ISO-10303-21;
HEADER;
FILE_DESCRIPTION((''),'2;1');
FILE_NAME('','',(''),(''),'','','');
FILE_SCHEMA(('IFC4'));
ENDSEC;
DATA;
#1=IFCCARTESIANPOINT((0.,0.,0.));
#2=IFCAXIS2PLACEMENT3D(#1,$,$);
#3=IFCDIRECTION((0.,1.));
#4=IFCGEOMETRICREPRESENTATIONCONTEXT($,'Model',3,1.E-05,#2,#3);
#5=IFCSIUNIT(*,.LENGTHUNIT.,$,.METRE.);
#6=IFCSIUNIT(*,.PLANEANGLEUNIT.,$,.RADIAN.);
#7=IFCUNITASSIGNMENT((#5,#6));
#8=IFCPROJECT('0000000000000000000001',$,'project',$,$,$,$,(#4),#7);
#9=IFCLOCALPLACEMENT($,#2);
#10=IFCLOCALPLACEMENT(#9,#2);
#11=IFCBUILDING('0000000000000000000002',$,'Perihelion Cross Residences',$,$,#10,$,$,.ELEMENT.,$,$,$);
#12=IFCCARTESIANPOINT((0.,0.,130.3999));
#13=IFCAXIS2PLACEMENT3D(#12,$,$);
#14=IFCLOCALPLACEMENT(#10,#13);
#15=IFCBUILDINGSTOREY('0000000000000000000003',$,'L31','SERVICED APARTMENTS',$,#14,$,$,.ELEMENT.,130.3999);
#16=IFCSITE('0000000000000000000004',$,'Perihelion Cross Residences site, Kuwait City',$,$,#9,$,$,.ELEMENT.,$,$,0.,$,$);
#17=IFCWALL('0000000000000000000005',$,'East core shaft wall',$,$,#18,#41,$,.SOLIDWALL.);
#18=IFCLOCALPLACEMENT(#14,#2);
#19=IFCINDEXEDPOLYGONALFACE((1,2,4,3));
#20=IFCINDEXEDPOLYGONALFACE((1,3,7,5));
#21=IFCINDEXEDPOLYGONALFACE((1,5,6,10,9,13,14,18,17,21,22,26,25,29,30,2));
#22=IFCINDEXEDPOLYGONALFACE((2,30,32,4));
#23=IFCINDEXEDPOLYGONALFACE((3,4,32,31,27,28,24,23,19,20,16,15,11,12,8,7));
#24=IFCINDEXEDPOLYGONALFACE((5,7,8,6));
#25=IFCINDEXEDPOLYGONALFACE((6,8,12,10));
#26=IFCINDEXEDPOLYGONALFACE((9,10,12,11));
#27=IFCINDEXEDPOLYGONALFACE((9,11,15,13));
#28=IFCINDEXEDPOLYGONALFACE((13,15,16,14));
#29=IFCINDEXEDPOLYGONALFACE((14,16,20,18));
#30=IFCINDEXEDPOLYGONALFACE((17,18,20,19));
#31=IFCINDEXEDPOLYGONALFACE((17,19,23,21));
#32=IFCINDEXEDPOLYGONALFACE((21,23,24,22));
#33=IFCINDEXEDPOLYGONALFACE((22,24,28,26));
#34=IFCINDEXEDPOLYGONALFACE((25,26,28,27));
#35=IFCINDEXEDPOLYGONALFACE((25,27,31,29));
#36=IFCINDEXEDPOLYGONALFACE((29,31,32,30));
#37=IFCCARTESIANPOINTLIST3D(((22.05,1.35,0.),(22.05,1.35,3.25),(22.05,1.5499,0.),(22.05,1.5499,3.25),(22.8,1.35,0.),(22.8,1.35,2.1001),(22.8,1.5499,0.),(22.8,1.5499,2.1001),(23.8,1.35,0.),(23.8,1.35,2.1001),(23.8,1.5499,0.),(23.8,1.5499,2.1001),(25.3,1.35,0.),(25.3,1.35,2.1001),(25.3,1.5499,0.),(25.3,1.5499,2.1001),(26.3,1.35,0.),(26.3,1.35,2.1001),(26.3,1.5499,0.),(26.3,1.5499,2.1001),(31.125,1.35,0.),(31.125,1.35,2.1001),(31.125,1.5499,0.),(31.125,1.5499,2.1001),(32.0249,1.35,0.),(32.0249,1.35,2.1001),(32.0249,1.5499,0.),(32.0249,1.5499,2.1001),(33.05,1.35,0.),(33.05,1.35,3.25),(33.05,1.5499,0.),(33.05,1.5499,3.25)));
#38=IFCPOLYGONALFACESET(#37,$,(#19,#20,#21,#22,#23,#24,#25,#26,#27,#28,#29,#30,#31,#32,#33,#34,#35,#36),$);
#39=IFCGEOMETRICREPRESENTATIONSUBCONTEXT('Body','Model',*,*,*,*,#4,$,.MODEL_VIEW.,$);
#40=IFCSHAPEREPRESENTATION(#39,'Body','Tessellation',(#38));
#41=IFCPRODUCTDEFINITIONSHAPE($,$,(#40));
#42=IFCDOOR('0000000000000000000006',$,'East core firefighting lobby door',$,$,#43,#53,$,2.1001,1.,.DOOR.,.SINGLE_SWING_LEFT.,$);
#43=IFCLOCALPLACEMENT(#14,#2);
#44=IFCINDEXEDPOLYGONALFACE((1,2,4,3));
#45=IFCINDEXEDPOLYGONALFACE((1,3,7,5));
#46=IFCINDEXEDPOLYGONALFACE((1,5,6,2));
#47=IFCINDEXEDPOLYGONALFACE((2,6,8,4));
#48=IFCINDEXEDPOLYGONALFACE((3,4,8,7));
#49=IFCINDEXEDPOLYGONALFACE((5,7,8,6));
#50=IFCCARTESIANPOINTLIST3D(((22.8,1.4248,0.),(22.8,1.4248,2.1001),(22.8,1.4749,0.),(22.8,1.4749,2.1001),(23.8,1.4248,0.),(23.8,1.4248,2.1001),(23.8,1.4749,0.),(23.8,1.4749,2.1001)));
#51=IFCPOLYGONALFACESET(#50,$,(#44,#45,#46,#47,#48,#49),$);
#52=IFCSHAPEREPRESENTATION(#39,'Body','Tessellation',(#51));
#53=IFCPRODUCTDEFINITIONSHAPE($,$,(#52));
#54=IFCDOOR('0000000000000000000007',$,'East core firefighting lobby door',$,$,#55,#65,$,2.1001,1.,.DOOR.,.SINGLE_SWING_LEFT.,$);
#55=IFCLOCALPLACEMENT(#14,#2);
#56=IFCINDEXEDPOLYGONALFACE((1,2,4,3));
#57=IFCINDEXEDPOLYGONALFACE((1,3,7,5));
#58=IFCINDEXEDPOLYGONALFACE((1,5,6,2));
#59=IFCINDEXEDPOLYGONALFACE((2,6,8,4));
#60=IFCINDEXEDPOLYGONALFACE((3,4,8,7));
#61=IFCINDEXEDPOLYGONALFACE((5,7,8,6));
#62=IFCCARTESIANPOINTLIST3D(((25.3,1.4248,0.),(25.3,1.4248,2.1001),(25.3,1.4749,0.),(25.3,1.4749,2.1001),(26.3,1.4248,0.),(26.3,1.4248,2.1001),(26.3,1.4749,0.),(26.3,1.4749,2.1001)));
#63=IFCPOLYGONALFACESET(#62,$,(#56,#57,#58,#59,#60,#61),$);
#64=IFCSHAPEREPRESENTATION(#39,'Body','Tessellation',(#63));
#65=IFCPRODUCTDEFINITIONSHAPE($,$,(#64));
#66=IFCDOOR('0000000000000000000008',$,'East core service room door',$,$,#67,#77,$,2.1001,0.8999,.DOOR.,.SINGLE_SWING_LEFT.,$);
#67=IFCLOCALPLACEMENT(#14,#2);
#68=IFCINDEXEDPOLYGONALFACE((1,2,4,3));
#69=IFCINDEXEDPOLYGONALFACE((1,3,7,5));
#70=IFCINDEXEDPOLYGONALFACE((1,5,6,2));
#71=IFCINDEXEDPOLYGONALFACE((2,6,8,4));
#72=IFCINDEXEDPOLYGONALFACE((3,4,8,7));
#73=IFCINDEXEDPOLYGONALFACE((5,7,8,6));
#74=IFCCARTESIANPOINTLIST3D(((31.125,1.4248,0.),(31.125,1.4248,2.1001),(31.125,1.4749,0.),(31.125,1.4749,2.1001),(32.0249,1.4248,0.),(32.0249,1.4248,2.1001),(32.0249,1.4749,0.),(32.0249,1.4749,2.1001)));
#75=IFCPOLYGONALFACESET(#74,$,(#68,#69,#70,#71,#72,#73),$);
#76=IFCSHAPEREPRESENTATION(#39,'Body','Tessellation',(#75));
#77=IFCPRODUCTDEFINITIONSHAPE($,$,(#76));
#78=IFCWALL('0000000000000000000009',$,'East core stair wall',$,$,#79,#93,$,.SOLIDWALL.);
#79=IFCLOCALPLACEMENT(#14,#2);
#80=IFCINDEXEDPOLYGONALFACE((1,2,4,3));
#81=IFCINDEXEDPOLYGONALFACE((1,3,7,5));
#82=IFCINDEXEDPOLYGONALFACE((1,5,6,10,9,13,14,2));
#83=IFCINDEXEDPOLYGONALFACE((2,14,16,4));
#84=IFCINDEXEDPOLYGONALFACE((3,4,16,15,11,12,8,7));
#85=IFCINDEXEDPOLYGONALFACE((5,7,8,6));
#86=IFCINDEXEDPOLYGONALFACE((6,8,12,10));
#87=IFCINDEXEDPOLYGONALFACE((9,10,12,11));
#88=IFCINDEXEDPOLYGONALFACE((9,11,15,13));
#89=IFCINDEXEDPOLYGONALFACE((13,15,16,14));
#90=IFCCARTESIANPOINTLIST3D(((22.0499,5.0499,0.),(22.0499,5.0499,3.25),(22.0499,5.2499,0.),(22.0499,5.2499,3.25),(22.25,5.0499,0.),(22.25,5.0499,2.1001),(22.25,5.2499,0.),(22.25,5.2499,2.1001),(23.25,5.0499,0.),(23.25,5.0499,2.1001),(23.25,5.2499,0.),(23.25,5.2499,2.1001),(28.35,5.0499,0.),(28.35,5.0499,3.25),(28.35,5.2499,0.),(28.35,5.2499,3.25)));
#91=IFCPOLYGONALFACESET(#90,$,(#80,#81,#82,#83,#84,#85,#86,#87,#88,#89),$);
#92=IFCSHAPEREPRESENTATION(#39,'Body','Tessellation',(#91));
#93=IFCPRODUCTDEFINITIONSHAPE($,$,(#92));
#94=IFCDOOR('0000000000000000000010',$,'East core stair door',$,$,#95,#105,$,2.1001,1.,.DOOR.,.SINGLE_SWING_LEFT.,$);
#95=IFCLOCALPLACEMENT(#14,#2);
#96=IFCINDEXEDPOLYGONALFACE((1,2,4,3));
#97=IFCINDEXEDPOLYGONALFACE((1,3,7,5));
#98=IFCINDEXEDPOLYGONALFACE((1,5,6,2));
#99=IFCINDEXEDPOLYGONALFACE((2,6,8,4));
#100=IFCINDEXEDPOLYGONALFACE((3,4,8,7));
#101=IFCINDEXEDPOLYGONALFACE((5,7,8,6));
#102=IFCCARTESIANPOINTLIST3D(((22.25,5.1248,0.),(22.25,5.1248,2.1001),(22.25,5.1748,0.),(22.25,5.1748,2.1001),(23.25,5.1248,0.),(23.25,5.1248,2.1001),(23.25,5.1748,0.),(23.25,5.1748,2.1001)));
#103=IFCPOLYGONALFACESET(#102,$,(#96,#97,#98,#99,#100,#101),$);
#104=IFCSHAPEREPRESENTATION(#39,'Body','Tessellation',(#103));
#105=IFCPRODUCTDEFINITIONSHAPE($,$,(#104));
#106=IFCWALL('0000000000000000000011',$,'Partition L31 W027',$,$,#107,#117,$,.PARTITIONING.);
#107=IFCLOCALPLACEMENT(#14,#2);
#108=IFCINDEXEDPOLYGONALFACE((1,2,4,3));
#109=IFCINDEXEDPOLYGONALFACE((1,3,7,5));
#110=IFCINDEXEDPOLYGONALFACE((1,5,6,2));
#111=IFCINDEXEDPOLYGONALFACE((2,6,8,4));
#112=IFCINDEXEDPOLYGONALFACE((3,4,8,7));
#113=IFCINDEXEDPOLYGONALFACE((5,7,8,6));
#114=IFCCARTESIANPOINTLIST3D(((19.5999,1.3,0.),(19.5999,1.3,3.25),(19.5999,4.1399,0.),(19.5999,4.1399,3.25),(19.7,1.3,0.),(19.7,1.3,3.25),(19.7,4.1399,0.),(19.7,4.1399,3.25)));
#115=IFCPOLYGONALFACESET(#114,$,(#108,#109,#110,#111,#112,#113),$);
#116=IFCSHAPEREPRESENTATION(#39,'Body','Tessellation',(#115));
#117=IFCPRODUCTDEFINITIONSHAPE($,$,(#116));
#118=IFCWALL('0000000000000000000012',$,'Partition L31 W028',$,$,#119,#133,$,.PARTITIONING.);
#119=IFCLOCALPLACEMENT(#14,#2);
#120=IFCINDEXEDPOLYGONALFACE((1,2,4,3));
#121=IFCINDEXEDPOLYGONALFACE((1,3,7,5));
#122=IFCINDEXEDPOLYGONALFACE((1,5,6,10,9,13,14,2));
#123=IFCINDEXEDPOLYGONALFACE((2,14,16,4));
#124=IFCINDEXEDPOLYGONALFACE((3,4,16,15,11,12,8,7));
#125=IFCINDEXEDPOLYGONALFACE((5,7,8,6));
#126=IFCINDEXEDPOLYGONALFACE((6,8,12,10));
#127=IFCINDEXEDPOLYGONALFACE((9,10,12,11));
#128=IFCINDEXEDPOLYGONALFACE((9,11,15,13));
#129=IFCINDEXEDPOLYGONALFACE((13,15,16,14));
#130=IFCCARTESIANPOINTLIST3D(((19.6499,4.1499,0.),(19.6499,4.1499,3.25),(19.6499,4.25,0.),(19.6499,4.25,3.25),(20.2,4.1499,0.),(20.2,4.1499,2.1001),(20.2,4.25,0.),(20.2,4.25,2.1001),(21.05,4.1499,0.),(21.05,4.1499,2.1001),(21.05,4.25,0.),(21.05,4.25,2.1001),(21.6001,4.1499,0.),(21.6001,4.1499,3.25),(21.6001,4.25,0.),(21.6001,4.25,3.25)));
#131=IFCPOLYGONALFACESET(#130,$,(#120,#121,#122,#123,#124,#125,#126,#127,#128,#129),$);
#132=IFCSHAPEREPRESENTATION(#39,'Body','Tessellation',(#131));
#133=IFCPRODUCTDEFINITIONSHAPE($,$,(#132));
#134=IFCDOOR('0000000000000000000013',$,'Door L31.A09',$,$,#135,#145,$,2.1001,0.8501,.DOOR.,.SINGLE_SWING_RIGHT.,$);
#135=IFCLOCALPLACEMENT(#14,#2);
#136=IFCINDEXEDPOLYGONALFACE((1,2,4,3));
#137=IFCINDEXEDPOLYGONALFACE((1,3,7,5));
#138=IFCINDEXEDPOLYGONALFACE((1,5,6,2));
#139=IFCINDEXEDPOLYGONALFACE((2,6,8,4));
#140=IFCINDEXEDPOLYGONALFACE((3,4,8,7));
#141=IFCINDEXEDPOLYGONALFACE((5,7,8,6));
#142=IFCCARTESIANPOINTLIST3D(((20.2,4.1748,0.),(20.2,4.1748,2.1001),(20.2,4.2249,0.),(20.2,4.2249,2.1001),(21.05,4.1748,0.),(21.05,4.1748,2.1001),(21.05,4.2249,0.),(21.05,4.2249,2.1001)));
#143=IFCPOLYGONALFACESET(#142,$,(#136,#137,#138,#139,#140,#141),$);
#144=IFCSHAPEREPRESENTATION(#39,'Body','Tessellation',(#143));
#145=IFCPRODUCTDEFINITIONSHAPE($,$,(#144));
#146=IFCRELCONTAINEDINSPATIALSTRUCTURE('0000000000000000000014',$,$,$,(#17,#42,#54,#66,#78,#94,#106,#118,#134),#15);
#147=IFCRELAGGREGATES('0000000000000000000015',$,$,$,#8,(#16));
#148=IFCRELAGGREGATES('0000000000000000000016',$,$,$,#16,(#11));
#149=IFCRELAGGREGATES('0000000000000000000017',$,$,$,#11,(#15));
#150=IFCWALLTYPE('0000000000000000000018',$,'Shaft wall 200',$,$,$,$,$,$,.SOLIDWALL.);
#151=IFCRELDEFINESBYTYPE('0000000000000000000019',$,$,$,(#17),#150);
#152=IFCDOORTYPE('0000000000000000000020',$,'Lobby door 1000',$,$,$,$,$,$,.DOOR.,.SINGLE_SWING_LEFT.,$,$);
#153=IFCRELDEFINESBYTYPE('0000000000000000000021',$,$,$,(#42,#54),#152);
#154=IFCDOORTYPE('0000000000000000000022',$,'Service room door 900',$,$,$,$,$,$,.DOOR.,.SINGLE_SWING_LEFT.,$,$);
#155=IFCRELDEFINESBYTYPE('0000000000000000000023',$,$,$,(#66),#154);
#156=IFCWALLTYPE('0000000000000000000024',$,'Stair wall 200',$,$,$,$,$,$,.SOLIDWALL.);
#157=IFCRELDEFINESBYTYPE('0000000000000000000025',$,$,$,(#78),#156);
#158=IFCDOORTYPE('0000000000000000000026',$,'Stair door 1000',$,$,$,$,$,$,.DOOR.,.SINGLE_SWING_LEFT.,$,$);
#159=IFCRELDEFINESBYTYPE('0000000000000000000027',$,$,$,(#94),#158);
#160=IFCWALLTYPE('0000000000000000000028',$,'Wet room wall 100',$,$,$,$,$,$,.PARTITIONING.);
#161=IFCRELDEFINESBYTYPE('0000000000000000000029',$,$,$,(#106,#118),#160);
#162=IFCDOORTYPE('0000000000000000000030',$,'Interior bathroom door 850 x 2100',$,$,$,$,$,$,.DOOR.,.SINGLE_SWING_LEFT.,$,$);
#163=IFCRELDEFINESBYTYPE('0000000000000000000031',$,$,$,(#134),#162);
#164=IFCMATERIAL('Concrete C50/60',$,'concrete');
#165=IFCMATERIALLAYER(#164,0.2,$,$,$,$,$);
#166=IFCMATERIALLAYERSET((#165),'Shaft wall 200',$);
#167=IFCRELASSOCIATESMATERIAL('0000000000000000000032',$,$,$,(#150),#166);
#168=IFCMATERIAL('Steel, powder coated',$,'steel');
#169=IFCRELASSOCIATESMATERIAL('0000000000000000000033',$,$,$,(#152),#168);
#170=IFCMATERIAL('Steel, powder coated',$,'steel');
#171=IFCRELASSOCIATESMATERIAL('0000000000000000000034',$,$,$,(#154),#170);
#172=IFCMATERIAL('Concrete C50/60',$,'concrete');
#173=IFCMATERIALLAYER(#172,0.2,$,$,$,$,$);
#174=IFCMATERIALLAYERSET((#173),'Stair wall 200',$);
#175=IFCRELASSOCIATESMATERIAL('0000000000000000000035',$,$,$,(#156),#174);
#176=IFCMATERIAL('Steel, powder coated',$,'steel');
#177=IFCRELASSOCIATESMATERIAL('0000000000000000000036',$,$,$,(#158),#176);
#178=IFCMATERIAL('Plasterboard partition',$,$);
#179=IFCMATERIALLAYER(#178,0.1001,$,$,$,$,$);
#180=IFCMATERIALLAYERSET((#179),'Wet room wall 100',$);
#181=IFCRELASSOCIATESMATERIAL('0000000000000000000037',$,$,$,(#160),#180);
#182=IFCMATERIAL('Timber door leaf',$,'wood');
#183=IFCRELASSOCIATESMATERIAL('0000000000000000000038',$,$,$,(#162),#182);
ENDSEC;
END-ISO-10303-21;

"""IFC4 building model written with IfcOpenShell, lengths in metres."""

from ifc_helpers import new_model, si_unit, direction, frame, frame_2d, origin, place, context, subcontext, project, spatial, rectangle, extrude, material, layer, layer_set, type_object, element, fill, save


model = new_model("IFC4")

# Units and contexts
model_context = context("Model", 3, precision=1e-05, world=origin(), true_north=direction((0.0, 1.0)))
body_context = subcontext(model_context, "Body", "Model", "MODEL_VIEW")
ifc_project = project(units=[si_unit("LENGTHUNIT", "METRE"), si_unit("PLANEANGLEUNIT", "RADIAN")], contexts=[model_context])

# Site, building, storey
site_placement = place(None, origin())
site = spatial("IfcSite", under=ifc_project, at=site_placement, Name="Perihelion Cross Residences site, Kuwait City", CompositionType="ELEMENT", RefElevation=0.0)
building_placement = place(site_placement, origin())
building = spatial("IfcBuilding", under=site, at=building_placement, Name="Perihelion Cross Residences", CompositionType="ELEMENT")
storey_placement = place(building_placement, frame((0.0, 0.0, 130.3999)))
storey = spatial("IfcBuildingStorey", under=building, at=storey_placement, Name="L31", Description="SERVICED APARTMENTS", CompositionType="ELEMENT", Elevation=130.3999)

# Wall, openings, doors
ifc_material_1 = material(Name="Concrete C50/60", Category="concrete")
ifc_layer_1 = layer(ifc_material_1, 0.2)
ifc_layer_set_1 = layer_set([ifc_layer_1], Name="Shaft wall 200")
wall_type_1 = type_object("IfcWallType", Name="Shaft wall 200", PredefinedType="SOLIDWALL", material=ifc_layer_set_1)
wall_1_placement = place(storey_placement, frame((22.05, 1.45, 0.0), z_axis=(0.0, 0.0, 1.0), x_axis=(1.0, 0.0, 0.0)))
wall_1 = element("IfcWall", 1, at=wall_1_placement, inside=storey, type_object=wall_type_1, Name="East core shaft wall", PredefinedType="SOLIDWALL", context=body_context, shape_type="SweptSolid", body=[
    extrude(rectangle(XDim=11.0, YDim=0.2, at=frame_2d((5.5, 0.0))), origin(), (0.0, 0.0, 1.0), 3.25),
])
opening_1_placement = place(wall_1_placement, frame((0.75, 0.0, 0.0)))
opening_1 = element("IfcOpeningElement", 2, at=opening_1_placement, cuts=wall_1, PredefinedType="OPENING", context=body_context, shape_type="SweptSolid", body=[
    extrude(rectangle(XDim=1.0, YDim=2.1001, at=frame_2d((0.5, 1.05))), frame((0.0, 0.1099, 0.0), z_axis=(0.0, -1.0, 0.0), x_axis=(1.0, 0.0, 0.0)), (0.0, 0.0, 1.0), 0.22),
])
opening_2_placement = place(wall_1_placement, frame((3.25, 0.0, 0.0)))
opening_2 = element("IfcOpeningElement", 3, at=opening_2_placement, cuts=wall_1, PredefinedType="OPENING", context=body_context, shape_type="SweptSolid", body=[
    extrude(rectangle(XDim=1.0, YDim=2.1001, at=frame_2d((0.5, 1.05))), frame((0.0, 0.1099, 0.0), z_axis=(0.0, -1.0, 0.0), x_axis=(1.0, 0.0, 0.0)), (0.0, 0.0, 1.0), 0.22),
])
opening_3_placement = place(wall_1_placement, frame((9.075, 0.0, 0.0)))
opening_3 = element("IfcOpeningElement", 4, at=opening_3_placement, cuts=wall_1, PredefinedType="OPENING", context=body_context, shape_type="SweptSolid", body=[
    extrude(rectangle(XDim=0.8999, YDim=2.1001, at=frame_2d((0.45, 1.05))), frame((0.0, 0.1099, 0.0), z_axis=(0.0, -1.0, 0.0), x_axis=(1.0, 0.0, 0.0)), (0.0, 0.0, 1.0), 0.22),
])
ifc_material_2 = material(Name="Steel, powder coated", Category="steel")
door_type_1 = type_object("IfcDoorType", Name="Lobby door 1000", OperationType="SINGLE_SWING_LEFT", PredefinedType="DOOR", material=ifc_material_2)
door_1_placement = place(opening_1_placement, origin())
door_1 = element("IfcDoor", 5, at=door_1_placement, inside=storey, type_object=door_type_1, Name="East core firefighting lobby door", OperationType="SINGLE_SWING_LEFT", OverallHeight=2.1001, OverallWidth=1.0, PredefinedType="DOOR", context=body_context, shape_type="SweptSolid", body=[
    extrude(rectangle(XDim=1.0, YDim=2.1001, at=frame_2d((0.5, 1.05))), frame((0.0, 0.0249, 0.0), z_axis=(0.0, -1.0, 0.0), x_axis=(1.0, 0.0, 0.0)), (0.0, 0.0, 1.0), 0.05),
])
fill(opening_1, door_1)
door_2_placement = place(opening_2_placement, origin())
door_2 = element("IfcDoor", 6, at=door_2_placement, inside=storey, type_object=door_type_1, Name="East core firefighting lobby door", OperationType="SINGLE_SWING_LEFT", OverallHeight=2.1001, OverallWidth=1.0, PredefinedType="DOOR", context=body_context, shape_type="SweptSolid", body=[
    extrude(rectangle(XDim=1.0, YDim=2.1001, at=frame_2d((0.5, 1.05))), frame((0.0, 0.0249, 0.0), z_axis=(0.0, -1.0, 0.0), x_axis=(1.0, 0.0, 0.0)), (0.0, 0.0, 1.0), 0.05),
])
fill(opening_2, door_2)
ifc_material_3 = material(Name="Steel, powder coated", Category="steel")
door_type_2 = type_object("IfcDoorType", Name="Service room door 900", OperationType="SINGLE_SWING_LEFT", PredefinedType="DOOR", material=ifc_material_3)
door_3_placement = place(opening_3_placement, origin())
door_3 = element("IfcDoor", 7, at=door_3_placement, inside=storey, type_object=door_type_2, Name="East core service room door", OperationType="SINGLE_SWING_LEFT", OverallHeight=2.1001, OverallWidth=0.8999, PredefinedType="DOOR", context=body_context, shape_type="SweptSolid", body=[
    extrude(rectangle(XDim=0.8999, YDim=2.1001, at=frame_2d((0.45, 1.05))), frame((0.0, 0.0249, 0.0), z_axis=(0.0, -1.0, 0.0), x_axis=(1.0, 0.0, 0.0)), (0.0, 0.0, 1.0), 0.05),
])
fill(opening_3, door_3)

# Wall, opening, door
ifc_material_4 = material(Name="Concrete C50/60", Category="concrete")
ifc_layer_2 = layer(ifc_material_4, 0.2)
ifc_layer_set_2 = layer_set([ifc_layer_2], Name="Stair wall 200")
wall_type_2 = type_object("IfcWallType", Name="Stair wall 200", PredefinedType="SOLIDWALL", material=ifc_layer_set_2)
wall_2_placement = place(storey_placement, frame((22.05, 5.1499, 0.0), z_axis=(0.0, 0.0, 1.0), x_axis=(1.0, 0.0, 0.0)))
wall_2 = element("IfcWall", 8, at=wall_2_placement, inside=storey, type_object=wall_type_2, Name="East core stair wall", PredefinedType="SOLIDWALL", context=body_context, shape_type="SweptSolid", body=[
    extrude(rectangle(XDim=6.3, YDim=0.2, at=frame_2d((3.1499, 0.0))), origin(), (0.0, 0.0, 1.0), 3.25),
])
opening_4_placement = place(wall_2_placement, frame((0.2, 0.0, 0.0)))
opening_4 = element("IfcOpeningElement", 9, at=opening_4_placement, cuts=wall_2, PredefinedType="OPENING", context=body_context, shape_type="SweptSolid", body=[
    extrude(rectangle(XDim=1.0, YDim=2.1001, at=frame_2d((0.5, 1.05))), frame((0.0, 0.1099, 0.0), z_axis=(0.0, -1.0, 0.0), x_axis=(1.0, 0.0, 0.0)), (0.0, 0.0, 1.0), 0.22),
])
ifc_material_5 = material(Name="Steel, powder coated", Category="steel")
door_type_3 = type_object("IfcDoorType", Name="Stair door 1000", OperationType="SINGLE_SWING_LEFT", PredefinedType="DOOR", material=ifc_material_5)
door_4_placement = place(opening_4_placement, origin())
door_4 = element("IfcDoor", 10, at=door_4_placement, inside=storey, type_object=door_type_3, Name="East core stair door", OperationType="SINGLE_SWING_LEFT", OverallHeight=2.1001, OverallWidth=1.0, PredefinedType="DOOR", context=body_context, shape_type="SweptSolid", body=[
    extrude(rectangle(XDim=1.0, YDim=2.1001, at=frame_2d((0.5, 1.05))), frame((0.0, 0.0249, 0.0), z_axis=(0.0, -1.0, 0.0), x_axis=(1.0, 0.0, 0.0)), (0.0, 0.0, 1.0), 0.05),
])
fill(opening_4, door_4)

# Wall
ifc_material_6 = material(Name="Plasterboard partition")
ifc_layer_3 = layer(ifc_material_6, 0.1001)
ifc_layer_set_3 = layer_set([ifc_layer_3], Name="Wet room wall 100")
wall_type_3 = type_object("IfcWallType", Name="Wet room wall 100", PredefinedType="PARTITIONING", material=ifc_layer_set_3)
wall_3_placement = place(storey_placement, frame((19.6499, 4.1399, 0.0), z_axis=(0.0, 0.0, 1.0), x_axis=(0.0, -1.0, 0.0)))
element("IfcWall", 11, at=wall_3_placement, inside=storey, type_object=wall_type_3, Name="Partition L31 W027", PredefinedType="PARTITIONING", context=body_context, shape_type="SweptSolid", body=[
    extrude(rectangle(XDim=2.8398, YDim=0.1001, at=frame_2d((1.4199, 0.0))), origin(), (0.0, 0.0, 1.0), 3.25),
])

# Wall, opening, door
wall_4_placement = place(storey_placement, frame((19.6499, 4.2, 0.0), z_axis=(0.0, 0.0, 1.0), x_axis=(1.0, 0.0, 0.0)))
wall_4 = element("IfcWall", 12, at=wall_4_placement, inside=storey, type_object=wall_type_3, Name="Partition L31 W028", PredefinedType="PARTITIONING", context=body_context, shape_type="SweptSolid", body=[
    extrude(rectangle(XDim=1.9502, YDim=0.1001, at=frame_2d((0.9751, 0.0))), origin(), (0.0, 0.0, 1.0), 3.25),
])
opening_5_placement = place(wall_4_placement, frame((0.55, 0.0, 0.0)))
opening_5 = element("IfcOpeningElement", 13, at=opening_5_placement, cuts=wall_4, PredefinedType="OPENING", context=body_context, shape_type="SweptSolid", body=[
    extrude(rectangle(XDim=0.8501, YDim=2.1001, at=frame_2d((0.425, 1.05))), frame((0.0, 0.0601, 0.0), z_axis=(0.0, -1.0, 0.0), x_axis=(1.0, 0.0, 0.0)), (0.0, 0.0, 1.0), 0.1201),
])
ifc_material_7 = material(Name="Timber door leaf", Category="wood")
door_type_4 = type_object("IfcDoorType", Name="Interior bathroom door 850 x 2100", OperationType="SINGLE_SWING_LEFT", PredefinedType="DOOR", material=ifc_material_7)
door_5_placement = place(opening_5_placement, origin())
door_5 = element("IfcDoor", 14, at=door_5_placement, inside=storey, type_object=door_type_4, Name="Door L31.A09", OperationType="SINGLE_SWING_RIGHT", OverallHeight=2.1001, OverallWidth=0.8501, PredefinedType="DOOR", context=body_context, shape_type="SweptSolid", body=[
    extrude(rectangle(XDim=0.8501, YDim=2.1001, at=frame_2d((0.425, 1.05))), frame((0.0, 0.0249, 0.0), z_axis=(0.0, -1.0, 0.0), x_axis=(1.0, 0.0, 0.0)), (0.0, 0.0, 1.0), 0.05),
])
fill(opening_5, door_5)

save(model, "model.ifc")
